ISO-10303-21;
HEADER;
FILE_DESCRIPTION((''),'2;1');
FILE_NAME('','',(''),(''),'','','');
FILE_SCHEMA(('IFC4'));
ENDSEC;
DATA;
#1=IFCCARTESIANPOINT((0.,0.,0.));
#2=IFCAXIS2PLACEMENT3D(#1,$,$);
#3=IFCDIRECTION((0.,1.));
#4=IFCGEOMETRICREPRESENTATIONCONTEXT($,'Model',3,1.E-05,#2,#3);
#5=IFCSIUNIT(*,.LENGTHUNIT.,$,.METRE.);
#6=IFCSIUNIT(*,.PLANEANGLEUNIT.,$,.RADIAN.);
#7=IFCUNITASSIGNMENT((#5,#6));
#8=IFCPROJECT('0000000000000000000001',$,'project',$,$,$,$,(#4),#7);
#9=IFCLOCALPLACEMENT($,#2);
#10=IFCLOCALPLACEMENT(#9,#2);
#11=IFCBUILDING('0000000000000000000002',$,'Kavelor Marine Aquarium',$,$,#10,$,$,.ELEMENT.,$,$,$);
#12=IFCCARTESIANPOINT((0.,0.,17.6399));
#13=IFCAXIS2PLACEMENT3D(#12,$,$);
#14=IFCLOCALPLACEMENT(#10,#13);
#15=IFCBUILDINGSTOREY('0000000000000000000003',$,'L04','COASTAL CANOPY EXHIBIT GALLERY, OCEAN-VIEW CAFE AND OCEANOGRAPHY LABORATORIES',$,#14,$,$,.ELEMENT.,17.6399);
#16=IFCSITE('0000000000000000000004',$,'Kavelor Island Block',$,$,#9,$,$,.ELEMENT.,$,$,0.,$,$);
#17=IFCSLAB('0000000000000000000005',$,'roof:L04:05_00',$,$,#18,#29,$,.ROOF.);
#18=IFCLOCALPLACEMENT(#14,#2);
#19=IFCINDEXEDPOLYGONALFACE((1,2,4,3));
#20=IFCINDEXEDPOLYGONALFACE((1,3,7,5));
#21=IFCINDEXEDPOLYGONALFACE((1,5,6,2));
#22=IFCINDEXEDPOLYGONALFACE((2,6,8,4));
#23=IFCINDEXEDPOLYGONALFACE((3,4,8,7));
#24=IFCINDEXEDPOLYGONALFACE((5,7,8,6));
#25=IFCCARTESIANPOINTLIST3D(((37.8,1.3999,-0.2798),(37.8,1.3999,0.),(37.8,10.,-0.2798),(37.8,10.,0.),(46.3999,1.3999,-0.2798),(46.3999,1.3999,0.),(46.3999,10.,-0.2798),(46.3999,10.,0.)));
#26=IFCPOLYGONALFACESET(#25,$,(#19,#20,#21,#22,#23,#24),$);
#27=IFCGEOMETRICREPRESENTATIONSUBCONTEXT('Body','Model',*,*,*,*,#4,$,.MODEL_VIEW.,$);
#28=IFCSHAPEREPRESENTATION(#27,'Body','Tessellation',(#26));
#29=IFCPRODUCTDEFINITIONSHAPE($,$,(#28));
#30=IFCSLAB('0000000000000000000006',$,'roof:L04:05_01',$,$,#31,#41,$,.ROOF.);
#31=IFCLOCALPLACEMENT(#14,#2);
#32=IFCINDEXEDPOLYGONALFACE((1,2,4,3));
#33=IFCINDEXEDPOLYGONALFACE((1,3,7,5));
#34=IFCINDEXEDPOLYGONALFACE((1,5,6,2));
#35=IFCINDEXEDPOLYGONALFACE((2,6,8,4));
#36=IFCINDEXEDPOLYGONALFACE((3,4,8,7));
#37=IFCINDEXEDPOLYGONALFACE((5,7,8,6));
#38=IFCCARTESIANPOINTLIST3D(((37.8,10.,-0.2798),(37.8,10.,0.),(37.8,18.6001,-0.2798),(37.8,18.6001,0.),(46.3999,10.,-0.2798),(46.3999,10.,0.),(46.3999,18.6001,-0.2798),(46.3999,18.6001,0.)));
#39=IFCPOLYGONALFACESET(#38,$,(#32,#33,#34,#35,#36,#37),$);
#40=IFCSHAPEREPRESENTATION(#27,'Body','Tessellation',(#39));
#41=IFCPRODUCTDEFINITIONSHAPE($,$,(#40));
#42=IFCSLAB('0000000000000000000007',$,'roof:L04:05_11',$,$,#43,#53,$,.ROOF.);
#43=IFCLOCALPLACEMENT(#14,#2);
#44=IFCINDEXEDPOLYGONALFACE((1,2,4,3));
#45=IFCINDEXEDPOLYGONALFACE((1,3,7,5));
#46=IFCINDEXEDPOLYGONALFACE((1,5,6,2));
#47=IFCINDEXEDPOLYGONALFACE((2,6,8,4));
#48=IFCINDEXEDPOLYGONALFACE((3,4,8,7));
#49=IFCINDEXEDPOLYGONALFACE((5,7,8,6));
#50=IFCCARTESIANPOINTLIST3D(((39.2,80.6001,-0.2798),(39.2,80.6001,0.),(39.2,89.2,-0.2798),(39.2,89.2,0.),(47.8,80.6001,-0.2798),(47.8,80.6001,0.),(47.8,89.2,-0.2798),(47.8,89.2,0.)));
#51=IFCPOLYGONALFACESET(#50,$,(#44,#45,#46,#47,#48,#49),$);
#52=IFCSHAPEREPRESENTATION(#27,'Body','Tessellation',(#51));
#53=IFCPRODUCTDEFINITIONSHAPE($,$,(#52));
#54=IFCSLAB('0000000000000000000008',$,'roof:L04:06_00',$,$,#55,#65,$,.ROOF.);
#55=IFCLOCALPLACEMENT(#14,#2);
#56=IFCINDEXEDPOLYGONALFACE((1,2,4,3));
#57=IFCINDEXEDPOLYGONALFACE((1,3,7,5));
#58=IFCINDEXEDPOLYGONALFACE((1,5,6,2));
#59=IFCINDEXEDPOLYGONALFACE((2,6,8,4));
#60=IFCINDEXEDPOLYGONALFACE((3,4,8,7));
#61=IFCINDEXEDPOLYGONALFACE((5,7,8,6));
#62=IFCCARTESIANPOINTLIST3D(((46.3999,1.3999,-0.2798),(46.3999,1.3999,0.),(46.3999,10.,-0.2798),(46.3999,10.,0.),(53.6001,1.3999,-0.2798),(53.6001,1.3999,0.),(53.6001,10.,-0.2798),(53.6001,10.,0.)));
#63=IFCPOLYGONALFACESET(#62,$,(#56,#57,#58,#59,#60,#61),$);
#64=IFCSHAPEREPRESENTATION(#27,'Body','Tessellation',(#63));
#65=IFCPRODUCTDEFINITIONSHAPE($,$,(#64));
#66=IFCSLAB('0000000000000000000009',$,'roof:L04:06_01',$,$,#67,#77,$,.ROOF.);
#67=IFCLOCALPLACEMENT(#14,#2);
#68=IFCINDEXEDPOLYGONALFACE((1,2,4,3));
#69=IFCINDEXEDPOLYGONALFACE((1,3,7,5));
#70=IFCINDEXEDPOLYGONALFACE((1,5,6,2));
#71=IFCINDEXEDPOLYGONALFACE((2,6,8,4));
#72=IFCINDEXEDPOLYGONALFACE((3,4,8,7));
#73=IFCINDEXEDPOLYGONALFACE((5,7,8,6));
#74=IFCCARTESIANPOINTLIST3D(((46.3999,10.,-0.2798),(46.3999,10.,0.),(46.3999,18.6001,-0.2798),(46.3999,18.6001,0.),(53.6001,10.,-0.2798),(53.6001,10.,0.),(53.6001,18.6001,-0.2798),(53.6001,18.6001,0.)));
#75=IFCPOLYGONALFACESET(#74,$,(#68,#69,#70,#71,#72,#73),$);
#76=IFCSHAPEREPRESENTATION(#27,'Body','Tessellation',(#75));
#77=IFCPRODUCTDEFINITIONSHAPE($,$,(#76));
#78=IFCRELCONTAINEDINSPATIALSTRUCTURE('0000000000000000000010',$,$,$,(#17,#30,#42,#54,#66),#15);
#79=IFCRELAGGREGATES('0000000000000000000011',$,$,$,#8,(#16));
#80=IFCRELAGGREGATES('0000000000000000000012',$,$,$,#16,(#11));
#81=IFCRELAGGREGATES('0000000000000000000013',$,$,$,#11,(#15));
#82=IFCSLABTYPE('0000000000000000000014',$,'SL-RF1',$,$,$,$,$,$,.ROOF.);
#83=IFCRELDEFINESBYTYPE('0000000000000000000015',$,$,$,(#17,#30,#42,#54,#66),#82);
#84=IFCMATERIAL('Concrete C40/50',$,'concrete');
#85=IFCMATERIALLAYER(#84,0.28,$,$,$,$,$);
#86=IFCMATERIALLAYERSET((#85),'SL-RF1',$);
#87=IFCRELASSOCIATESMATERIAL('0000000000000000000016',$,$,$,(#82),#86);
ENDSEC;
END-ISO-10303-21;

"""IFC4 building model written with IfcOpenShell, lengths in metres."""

from ifc_helpers import new_model, si_unit, direction, frame, origin, place, context, subcontext, project, spatial, polyline, outline, extrude, material, layer, layer_set, type_object, element, save


model = new_model("IFC4")

# Units and contexts
model_context = context("Model", 3, precision=1e-05, world=origin(), true_north=direction((0.0, 1.0)))
body_context = subcontext(model_context, "Body", "Model", "MODEL_VIEW")
ifc_project = project(units=[si_unit("LENGTHUNIT", "METRE"), si_unit("PLANEANGLEUNIT", "RADIAN")], contexts=[model_context])

# Site, building, storey
site_placement = place(None, origin())
site = spatial("IfcSite", under=ifc_project, at=site_placement, Name="Kavelor Island Block", CompositionType="ELEMENT", RefElevation=0.0)
building_placement = place(site_placement, origin())
building = spatial("IfcBuilding", under=site, at=building_placement, Name="Kavelor Marine Aquarium", CompositionType="ELEMENT")
storey_placement = place(building_placement, frame((0.0, 0.0, 17.6399)))
storey = spatial("IfcBuildingStorey", under=building, at=storey_placement, Name="L04", Description="COASTAL CANOPY EXHIBIT GALLERY, OCEAN-VIEW CAFE AND OCEANOGRAPHY LABORATORIES", CompositionType="ELEMENT", Elevation=17.6399)

# Slabs
ifc_material_1 = material(Name="Concrete C40/50", Category="concrete")
ifc_layer_1 = layer(ifc_material_1, 0.28)
ifc_layer_set_1 = layer_set([ifc_layer_1], Name="SL-RF1")
slab_type_1 = type_object("IfcSlabType", Name="SL-RF1", PredefinedType="ROOF", material=ifc_layer_set_1)
slab_1_placement = place(storey_placement, frame((0.0, 0.0, -0.2798)))
element("IfcSlab", 1, at=slab_1_placement, inside=storey, type_object=slab_type_1, Name="roof:L04:05_00", PredefinedType="ROOF", context=body_context, shape_type="SweptSolid", body=[
    extrude(outline(polyline([(37.8, 1.3999), (46.3999, 1.3999), (46.3999, 10.0), (37.8, 10.0), (37.8, 1.3999)])), origin(), (0.0, 0.0, 1.0), 0.2798),
])
slab_2_placement = place(storey_placement, frame((0.0, 0.0, -0.2798)))
element("IfcSlab", 2, at=slab_2_placement, inside=storey, type_object=slab_type_1, Name="roof:L04:05_01", PredefinedType="ROOF", context=body_context, shape_type="SweptSolid", body=[
    extrude(outline(polyline([(37.8, 10.0), (46.3999, 10.0), (46.3999, 18.6001), (37.8, 18.6001), (37.8, 10.0)])), origin(), (0.0, 0.0, 1.0), 0.2798),
])
slab_3_placement = place(storey_placement, frame((0.0, 0.0, -0.2798)))
element("IfcSlab", 3, at=slab_3_placement, inside=storey, type_object=slab_type_1, Name="roof:L04:05_11", PredefinedType="ROOF", context=body_context, shape_type="SweptSolid", body=[
    extrude(outline(polyline([(39.2, 80.6001), (47.8, 80.6001), (47.8, 89.2), (39.2, 89.2), (39.2, 80.6001)])), origin(), (0.0, 0.0, 1.0), 0.2798),
])
slab_4_placement = place(storey_placement, frame((0.0, 0.0, -0.2798)))
element("IfcSlab", 4, at=slab_4_placement, inside=storey, type_object=slab_type_1, Name="roof:L04:06_00", PredefinedType="ROOF", context=body_context, shape_type="SweptSolid", body=[
    extrude(outline(polyline([(46.3999, 1.3999), (53.6001, 1.3999), (53.6001, 10.0), (46.3999, 10.0), (46.3999, 1.3999)])), origin(), (0.0, 0.0, 1.0), 0.2798),
])
slab_5_placement = place(storey_placement, frame((0.0, 0.0, -0.2798)))
element("IfcSlab", 5, at=slab_5_placement, inside=storey, type_object=slab_type_1, Name="roof:L04:06_01", PredefinedType="ROOF", context=body_context, shape_type="SweptSolid", body=[
    extrude(outline(polyline([(46.3999, 10.0), (53.6001, 10.0), (53.6001, 18.6001), (46.3999, 18.6001), (46.3999, 10.0)])), origin(), (0.0, 0.0, 1.0), 0.2798),
])

save(model, "model.ifc")
